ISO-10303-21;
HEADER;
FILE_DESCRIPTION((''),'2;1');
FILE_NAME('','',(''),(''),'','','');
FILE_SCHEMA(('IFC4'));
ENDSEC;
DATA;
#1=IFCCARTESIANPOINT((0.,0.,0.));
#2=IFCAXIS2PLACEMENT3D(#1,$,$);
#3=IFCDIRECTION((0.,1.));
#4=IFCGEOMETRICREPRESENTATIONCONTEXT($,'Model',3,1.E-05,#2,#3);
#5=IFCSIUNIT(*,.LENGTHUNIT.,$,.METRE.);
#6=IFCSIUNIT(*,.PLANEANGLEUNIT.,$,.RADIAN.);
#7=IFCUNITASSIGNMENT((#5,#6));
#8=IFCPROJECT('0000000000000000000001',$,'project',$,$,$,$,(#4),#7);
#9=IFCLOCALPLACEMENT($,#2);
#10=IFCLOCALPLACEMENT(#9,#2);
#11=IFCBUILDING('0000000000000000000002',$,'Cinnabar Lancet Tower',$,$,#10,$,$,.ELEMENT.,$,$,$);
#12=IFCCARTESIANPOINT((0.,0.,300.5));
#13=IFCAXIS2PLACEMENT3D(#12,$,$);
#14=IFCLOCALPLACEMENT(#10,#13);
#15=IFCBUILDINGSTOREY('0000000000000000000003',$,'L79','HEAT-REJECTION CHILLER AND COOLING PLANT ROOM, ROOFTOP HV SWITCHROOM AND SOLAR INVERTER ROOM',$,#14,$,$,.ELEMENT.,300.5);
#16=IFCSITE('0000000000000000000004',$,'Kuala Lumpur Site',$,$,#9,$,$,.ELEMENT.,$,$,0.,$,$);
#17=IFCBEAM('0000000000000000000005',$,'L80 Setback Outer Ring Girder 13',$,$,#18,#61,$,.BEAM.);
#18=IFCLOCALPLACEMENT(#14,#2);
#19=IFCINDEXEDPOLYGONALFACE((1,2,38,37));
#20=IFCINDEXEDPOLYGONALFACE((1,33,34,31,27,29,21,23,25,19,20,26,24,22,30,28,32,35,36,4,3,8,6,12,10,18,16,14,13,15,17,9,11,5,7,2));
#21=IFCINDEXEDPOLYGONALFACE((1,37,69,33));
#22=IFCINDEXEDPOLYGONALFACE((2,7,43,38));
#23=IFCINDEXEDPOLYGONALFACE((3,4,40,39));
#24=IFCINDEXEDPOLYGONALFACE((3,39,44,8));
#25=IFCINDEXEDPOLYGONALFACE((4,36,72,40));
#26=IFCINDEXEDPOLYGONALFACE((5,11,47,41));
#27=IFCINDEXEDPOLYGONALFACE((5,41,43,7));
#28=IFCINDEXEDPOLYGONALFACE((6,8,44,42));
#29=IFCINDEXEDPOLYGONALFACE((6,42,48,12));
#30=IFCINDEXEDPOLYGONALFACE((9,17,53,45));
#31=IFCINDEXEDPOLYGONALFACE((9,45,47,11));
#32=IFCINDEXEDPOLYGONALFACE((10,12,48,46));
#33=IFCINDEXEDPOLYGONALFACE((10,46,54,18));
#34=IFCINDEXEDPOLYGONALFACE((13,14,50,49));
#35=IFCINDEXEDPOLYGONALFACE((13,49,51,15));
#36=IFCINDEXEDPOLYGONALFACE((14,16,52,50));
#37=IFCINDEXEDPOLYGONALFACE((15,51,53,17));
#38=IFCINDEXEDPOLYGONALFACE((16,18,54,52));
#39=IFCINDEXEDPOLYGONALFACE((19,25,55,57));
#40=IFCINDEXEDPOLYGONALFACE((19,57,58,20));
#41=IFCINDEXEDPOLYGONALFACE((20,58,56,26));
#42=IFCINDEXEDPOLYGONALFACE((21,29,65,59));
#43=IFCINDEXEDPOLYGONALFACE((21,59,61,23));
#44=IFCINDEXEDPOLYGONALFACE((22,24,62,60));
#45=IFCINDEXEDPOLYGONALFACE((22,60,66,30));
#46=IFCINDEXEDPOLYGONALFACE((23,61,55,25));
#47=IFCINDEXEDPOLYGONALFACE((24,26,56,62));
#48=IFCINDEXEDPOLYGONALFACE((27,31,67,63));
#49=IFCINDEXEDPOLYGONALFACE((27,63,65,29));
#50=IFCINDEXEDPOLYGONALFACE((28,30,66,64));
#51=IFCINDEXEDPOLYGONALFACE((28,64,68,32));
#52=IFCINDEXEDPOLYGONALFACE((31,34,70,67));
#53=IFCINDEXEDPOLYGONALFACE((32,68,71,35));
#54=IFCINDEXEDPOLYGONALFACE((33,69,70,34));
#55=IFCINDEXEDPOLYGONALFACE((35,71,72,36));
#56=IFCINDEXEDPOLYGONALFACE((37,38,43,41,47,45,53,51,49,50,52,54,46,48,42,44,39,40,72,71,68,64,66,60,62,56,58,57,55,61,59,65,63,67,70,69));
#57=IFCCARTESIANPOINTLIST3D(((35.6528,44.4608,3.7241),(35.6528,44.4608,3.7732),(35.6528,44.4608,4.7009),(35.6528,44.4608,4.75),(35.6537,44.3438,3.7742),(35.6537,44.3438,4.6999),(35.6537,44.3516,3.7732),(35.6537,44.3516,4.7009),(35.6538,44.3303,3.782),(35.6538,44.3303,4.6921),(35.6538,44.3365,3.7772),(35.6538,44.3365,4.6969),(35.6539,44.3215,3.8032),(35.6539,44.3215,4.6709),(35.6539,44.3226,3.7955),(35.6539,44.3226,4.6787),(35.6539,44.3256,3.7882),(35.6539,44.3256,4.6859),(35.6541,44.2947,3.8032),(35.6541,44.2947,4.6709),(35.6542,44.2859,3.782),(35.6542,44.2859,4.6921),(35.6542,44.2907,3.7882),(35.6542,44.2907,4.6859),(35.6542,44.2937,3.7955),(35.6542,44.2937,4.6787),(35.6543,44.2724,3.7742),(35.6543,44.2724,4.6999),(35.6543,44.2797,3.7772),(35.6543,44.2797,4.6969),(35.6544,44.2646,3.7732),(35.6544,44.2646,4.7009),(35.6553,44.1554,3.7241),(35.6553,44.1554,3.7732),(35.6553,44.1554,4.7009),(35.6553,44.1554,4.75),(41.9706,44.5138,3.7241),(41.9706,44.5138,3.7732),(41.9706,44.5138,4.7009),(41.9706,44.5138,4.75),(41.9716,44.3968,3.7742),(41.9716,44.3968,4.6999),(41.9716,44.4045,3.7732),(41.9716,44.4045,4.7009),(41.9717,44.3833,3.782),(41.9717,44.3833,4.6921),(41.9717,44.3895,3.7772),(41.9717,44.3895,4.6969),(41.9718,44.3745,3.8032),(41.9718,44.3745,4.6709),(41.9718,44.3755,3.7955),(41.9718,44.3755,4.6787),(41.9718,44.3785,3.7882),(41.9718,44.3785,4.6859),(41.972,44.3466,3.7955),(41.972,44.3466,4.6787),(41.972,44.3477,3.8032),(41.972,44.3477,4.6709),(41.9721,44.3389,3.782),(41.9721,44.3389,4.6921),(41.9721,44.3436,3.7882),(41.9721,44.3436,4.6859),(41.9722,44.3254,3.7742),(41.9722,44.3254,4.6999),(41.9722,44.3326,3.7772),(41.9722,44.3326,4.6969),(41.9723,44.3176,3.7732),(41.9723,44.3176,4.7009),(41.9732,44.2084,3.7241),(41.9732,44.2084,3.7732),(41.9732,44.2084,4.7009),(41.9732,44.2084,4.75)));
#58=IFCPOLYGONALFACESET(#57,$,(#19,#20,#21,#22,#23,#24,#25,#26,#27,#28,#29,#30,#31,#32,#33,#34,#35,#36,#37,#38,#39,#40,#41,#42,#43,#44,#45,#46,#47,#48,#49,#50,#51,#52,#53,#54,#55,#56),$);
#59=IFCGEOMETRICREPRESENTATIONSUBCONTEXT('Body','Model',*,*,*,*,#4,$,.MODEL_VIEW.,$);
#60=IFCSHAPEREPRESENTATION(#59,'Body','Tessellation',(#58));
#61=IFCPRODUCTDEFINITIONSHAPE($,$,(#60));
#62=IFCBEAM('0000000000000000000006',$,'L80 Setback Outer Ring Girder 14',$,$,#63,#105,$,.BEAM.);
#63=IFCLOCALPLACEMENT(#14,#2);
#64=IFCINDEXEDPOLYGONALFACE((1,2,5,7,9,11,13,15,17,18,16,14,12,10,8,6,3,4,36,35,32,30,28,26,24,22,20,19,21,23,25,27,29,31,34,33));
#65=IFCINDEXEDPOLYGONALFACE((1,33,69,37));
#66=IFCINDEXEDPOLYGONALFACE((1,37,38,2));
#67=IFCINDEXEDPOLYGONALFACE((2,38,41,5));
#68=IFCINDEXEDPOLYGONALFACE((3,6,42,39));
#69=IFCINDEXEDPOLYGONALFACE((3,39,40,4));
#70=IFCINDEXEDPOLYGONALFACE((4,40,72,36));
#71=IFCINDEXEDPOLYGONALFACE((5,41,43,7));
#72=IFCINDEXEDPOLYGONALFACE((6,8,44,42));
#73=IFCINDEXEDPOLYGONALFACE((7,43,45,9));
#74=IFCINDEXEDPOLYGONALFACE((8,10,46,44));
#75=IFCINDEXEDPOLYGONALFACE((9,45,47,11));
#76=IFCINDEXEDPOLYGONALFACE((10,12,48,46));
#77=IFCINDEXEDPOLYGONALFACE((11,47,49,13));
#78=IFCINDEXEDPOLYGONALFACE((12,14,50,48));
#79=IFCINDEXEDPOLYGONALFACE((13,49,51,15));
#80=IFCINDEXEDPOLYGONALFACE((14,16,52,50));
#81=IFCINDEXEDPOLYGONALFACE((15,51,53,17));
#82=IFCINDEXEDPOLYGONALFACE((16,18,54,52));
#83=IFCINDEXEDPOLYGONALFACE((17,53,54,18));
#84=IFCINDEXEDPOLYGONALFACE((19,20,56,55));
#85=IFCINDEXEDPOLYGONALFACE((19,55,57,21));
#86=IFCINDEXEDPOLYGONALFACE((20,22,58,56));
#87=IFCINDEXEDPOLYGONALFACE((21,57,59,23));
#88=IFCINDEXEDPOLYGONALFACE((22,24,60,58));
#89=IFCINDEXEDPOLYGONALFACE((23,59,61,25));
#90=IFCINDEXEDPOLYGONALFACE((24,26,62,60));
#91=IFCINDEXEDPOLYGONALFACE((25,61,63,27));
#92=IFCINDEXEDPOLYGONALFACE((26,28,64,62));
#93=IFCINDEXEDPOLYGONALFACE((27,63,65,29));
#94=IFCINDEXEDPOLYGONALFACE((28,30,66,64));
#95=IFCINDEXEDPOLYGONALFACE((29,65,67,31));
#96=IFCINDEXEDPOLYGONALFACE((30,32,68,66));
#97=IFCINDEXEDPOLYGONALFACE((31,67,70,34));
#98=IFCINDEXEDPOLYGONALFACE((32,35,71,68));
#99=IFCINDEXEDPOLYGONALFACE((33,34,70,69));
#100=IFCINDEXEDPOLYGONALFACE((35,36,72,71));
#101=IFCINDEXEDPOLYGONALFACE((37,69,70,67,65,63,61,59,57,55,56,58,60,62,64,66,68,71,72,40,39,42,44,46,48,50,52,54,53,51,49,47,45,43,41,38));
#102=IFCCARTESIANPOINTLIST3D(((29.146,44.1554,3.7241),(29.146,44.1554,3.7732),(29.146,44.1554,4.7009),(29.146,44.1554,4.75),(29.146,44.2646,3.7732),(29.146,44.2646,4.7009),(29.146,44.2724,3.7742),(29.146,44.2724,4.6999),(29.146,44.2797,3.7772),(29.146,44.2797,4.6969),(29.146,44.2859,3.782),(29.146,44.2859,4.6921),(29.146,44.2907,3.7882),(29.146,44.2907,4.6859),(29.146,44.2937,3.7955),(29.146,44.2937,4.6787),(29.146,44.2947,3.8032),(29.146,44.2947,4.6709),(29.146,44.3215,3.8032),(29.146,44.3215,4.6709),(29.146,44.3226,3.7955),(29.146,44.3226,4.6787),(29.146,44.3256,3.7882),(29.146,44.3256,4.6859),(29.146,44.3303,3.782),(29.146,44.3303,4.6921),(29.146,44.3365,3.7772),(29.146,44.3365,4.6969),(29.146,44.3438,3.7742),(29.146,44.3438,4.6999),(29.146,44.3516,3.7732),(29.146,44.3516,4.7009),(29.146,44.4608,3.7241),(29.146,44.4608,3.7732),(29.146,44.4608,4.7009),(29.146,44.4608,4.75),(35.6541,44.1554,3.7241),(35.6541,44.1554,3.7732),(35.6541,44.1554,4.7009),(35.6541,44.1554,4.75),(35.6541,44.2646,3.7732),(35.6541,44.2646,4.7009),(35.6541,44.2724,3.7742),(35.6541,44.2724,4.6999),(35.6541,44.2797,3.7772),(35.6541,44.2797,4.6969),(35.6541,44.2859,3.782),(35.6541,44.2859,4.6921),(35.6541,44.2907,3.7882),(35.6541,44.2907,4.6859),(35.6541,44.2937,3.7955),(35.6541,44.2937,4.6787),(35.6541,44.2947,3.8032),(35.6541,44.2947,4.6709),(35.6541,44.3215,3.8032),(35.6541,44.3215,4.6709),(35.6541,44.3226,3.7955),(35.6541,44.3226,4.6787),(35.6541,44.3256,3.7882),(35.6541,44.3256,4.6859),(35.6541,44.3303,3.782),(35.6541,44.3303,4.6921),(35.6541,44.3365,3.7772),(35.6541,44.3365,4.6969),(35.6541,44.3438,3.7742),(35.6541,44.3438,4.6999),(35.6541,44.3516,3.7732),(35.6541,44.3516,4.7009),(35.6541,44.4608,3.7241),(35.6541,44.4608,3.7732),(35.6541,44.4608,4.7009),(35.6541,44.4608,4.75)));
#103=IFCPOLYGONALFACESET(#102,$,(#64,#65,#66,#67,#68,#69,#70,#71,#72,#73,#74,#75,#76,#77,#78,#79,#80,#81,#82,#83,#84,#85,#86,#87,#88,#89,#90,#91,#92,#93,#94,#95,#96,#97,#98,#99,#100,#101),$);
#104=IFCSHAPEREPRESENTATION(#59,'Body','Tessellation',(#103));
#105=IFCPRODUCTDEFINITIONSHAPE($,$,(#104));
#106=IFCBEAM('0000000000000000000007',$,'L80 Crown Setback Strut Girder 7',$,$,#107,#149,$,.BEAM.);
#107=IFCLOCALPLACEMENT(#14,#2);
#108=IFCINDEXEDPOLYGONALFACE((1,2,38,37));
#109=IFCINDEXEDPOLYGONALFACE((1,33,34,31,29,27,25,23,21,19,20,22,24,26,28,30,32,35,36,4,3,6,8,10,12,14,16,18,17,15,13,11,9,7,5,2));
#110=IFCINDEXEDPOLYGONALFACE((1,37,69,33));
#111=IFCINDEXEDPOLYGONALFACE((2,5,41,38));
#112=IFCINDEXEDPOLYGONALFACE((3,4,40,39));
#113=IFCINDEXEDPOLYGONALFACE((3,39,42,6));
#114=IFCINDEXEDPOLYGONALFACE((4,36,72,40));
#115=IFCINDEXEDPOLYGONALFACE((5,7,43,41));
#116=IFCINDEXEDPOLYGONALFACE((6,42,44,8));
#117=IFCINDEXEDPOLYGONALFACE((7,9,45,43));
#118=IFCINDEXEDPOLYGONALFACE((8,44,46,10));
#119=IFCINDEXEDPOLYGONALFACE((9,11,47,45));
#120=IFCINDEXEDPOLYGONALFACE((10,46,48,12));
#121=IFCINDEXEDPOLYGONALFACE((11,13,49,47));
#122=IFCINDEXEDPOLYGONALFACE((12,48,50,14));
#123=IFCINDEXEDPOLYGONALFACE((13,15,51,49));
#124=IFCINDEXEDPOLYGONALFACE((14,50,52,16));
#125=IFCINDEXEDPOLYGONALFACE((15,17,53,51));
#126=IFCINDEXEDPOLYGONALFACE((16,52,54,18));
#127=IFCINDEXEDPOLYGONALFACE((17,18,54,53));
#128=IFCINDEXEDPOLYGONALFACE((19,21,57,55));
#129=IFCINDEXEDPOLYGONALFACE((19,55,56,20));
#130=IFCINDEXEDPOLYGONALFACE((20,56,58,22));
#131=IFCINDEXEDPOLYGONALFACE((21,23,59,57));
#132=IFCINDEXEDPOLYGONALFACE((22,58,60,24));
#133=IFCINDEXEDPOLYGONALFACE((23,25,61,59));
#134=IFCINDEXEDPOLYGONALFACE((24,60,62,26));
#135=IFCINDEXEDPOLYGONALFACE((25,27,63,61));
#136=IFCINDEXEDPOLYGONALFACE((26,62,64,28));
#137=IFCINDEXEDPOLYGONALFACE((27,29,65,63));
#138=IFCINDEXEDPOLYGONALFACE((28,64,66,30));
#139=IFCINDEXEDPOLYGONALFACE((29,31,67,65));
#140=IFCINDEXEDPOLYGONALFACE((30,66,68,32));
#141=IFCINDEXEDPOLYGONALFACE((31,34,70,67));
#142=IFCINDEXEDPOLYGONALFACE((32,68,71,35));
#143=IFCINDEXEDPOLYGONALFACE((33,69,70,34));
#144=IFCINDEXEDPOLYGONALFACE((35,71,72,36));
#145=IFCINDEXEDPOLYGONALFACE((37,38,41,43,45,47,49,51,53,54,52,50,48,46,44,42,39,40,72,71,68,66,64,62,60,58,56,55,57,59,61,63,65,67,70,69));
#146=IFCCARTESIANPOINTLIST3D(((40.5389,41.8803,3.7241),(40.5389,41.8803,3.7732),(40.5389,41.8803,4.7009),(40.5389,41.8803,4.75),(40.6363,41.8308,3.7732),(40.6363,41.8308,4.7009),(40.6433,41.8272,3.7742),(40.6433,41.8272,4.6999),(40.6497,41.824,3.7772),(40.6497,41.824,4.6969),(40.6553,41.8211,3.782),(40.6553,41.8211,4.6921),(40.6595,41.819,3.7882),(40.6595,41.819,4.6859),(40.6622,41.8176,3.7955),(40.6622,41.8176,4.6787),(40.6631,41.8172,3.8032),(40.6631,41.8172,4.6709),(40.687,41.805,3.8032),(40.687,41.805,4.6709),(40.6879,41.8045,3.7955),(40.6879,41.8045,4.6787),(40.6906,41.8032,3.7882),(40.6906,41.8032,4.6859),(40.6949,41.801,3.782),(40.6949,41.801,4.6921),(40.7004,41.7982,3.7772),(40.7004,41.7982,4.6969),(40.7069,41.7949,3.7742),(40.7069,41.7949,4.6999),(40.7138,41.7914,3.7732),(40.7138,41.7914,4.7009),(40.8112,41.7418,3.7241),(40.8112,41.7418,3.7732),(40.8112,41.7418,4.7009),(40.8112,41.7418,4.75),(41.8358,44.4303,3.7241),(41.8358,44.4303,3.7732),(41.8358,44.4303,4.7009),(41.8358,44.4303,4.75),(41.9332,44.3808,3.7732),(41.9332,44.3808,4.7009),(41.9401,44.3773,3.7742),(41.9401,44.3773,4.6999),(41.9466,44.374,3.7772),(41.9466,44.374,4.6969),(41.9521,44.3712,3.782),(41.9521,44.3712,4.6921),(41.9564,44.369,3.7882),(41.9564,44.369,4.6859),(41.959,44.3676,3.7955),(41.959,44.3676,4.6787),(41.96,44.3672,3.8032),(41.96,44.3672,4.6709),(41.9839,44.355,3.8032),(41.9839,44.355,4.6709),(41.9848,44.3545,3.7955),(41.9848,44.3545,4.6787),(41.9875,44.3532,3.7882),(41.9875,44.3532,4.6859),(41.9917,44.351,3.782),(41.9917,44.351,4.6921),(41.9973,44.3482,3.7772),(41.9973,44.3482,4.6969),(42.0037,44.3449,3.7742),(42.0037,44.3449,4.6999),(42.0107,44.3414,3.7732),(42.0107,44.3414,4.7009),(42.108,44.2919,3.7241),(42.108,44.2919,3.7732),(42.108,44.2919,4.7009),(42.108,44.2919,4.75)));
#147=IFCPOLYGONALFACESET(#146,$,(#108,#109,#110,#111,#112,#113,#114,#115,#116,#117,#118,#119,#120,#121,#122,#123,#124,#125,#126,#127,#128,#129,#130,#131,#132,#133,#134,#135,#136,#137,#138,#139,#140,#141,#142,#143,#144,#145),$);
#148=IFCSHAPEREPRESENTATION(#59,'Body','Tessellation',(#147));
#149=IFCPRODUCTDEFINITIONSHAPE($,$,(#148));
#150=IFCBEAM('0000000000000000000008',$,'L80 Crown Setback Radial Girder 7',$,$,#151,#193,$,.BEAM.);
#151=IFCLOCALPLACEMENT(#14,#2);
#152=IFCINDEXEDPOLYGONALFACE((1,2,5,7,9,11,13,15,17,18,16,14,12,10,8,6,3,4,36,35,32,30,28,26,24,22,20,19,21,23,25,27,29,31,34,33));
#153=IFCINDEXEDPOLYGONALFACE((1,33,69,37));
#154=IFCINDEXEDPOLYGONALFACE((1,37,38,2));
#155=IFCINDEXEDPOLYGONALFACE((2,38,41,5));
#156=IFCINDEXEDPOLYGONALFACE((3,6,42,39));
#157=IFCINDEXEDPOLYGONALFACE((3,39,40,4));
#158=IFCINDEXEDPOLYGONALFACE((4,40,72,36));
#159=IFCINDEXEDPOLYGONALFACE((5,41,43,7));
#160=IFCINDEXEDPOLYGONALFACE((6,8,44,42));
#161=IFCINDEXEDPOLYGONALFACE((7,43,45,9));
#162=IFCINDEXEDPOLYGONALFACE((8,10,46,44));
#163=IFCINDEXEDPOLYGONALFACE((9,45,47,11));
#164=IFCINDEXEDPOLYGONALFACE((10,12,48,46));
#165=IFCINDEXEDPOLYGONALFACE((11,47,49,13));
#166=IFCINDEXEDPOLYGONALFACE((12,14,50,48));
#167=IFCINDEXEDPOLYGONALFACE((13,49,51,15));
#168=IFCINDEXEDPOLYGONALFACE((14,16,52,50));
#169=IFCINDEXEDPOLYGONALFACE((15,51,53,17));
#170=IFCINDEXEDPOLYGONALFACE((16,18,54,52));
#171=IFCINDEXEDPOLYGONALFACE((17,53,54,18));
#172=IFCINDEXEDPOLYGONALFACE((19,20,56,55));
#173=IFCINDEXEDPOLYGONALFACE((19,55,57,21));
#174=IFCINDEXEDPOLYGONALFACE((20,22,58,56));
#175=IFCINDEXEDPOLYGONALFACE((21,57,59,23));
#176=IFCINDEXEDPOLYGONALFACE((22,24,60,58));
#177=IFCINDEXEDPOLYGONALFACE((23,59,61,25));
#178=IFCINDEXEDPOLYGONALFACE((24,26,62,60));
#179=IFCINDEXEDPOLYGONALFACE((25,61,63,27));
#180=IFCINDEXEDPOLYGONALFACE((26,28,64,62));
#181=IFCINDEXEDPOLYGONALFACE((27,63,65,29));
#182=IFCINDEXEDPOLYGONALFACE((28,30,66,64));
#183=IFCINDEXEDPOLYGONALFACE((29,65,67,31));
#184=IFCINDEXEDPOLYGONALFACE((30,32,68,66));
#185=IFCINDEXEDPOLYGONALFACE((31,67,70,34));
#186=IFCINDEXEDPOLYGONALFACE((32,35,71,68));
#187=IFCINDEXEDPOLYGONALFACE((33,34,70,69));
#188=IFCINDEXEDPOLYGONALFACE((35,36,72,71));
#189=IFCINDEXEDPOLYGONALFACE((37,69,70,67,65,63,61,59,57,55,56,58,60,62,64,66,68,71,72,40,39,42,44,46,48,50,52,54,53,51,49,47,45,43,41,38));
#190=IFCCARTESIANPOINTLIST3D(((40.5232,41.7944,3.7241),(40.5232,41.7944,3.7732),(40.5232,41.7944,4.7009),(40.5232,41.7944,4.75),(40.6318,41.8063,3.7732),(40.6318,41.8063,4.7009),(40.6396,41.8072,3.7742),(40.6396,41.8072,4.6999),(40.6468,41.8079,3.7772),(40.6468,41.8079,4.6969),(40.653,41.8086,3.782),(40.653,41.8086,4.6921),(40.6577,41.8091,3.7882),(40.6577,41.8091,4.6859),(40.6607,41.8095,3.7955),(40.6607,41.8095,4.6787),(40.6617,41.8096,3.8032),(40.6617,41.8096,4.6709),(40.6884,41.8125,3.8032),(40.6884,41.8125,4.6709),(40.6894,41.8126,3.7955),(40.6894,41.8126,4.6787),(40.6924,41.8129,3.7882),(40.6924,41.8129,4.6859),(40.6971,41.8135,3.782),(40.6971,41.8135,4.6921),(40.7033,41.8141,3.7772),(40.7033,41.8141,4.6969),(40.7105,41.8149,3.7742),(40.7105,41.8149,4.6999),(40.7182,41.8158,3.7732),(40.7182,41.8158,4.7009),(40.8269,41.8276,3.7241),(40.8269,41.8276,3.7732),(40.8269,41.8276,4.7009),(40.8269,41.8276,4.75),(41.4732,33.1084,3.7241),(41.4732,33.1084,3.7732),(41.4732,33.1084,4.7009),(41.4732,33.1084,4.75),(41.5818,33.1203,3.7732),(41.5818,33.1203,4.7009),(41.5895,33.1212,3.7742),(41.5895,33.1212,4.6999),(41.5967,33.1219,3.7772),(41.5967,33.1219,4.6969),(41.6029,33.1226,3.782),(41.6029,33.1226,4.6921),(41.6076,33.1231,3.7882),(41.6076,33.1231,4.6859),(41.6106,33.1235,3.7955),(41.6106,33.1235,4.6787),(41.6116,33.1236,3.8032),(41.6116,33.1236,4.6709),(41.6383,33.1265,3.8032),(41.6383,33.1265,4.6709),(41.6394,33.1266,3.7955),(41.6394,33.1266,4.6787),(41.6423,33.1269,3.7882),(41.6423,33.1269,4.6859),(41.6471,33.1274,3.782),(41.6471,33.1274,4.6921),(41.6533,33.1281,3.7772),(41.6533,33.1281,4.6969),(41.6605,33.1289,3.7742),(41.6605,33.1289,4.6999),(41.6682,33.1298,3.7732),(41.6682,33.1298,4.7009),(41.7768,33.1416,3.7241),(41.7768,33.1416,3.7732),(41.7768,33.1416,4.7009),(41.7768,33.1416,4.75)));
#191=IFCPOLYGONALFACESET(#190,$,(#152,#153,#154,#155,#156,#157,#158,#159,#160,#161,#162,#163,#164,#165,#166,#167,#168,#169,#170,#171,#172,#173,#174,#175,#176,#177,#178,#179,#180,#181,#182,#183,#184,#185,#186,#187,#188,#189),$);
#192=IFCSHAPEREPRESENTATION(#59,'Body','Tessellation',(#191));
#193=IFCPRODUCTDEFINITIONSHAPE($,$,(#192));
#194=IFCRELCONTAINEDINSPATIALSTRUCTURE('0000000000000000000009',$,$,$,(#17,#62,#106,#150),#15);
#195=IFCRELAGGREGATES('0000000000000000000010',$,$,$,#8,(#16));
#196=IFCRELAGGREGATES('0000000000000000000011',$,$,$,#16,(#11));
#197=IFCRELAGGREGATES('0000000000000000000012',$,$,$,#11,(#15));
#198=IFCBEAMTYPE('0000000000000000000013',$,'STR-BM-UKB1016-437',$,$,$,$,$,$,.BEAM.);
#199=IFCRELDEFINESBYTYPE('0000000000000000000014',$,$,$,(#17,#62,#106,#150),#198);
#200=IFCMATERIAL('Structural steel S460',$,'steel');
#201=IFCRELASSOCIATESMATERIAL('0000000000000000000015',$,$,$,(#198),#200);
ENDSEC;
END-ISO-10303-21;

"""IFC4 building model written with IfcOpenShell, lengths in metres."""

from ifc_helpers import new_model, si_unit, direction, frame, origin, origin_2d, place, context, subcontext, project, spatial, i_section, extrude, material, material_profile, profile_set, type_object, element, save


model = new_model("IFC4")

# Units and contexts
model_context = context("Model", 3, precision=1e-05, world=origin(), true_north=direction((0.0, 1.0)))
body_context = subcontext(model_context, "Body", "Model", "MODEL_VIEW")
ifc_project = project(units=[si_unit("LENGTHUNIT", "METRE"), si_unit("PLANEANGLEUNIT", "RADIAN")], contexts=[model_context])

# Site, building, storey
site_placement = place(None, origin())
site = spatial("IfcSite", under=ifc_project, at=site_placement, Name="Kuala Lumpur Site", CompositionType="ELEMENT", RefElevation=0.0)
building_placement = place(site_placement, origin())
building = spatial("IfcBuilding", under=site, at=building_placement, Name="Cinnabar Lancet Tower", CompositionType="ELEMENT")
storey_placement = place(building_placement, frame((0.0, 0.0, 300.5)))
storey = spatial("IfcBuildingStorey", under=building, at=storey_placement, Name="L79", Description="HEAT-REJECTION CHILLER AND COOLING PLANT ROOM, ROOFTOP HV SWITCHROOM AND SOLAR INVERTER ROOM", CompositionType="ELEMENT", Elevation=300.5)

# Beams
ifc_material_1 = material(Name="Structural steel S460", Category="steel")
ifc_material_profile_1 = material_profile(ifc_material_1, i_section(OverallWidth=0.3054, OverallDepth=1.0259, WebThickness=0.0269, FlangeThickness=0.0491, FilletRadius=0.03, at=origin_2d()), Name="UKB 1016x305x437")
ifc_profile_set_1 = profile_set([ifc_material_profile_1], Name="Structural steel S460")
beam_type_1 = type_object("IfcBeamType", Name="STR-BM-UKB1016-437", PredefinedType="BEAM", material=ifc_profile_set_1)
beam_1_placement = place(storey_placement, frame((41.9719, 44.3611, 4.2371), z_axis=(-0.999965, -0.008385, 0.0), x_axis=(0.008385, -0.999965, 0.0)))
element("IfcBeam", 1, at=beam_1_placement, inside=storey, type_object=beam_type_1, Name="L80 Setback Outer Ring Girder 13", PredefinedType="BEAM", context=body_context, shape_type="SweptSolid", body=[
    extrude(i_section(OverallWidth=0.3054, OverallDepth=1.0259, WebThickness=0.0269, FlangeThickness=0.0491, FilletRadius=0.03, at=origin_2d()), origin(), (0.0, 0.0, 1.0), 6.3181),
])
beam_2_placement = place(storey_placement, frame((35.6541, 44.3081, 4.2371), z_axis=(-1.0, 0.0, 0.0), x_axis=(0.0, -1.0, 0.0)))
element("IfcBeam", 2, at=beam_2_placement, inside=storey, type_object=beam_type_1, Name="L80 Setback Outer Ring Girder 14", PredefinedType="BEAM", context=body_context, shape_type="SweptSolid", body=[
    extrude(i_section(OverallWidth=0.3054, OverallDepth=1.0259, WebThickness=0.0269, FlangeThickness=0.0491, FilletRadius=0.03, at=origin_2d()), origin(), (0.0, 0.0, 1.0), 6.5081),
])
beam_3_placement = place(storey_placement, frame((41.9719, 44.3611, 4.2371), z_axis=(-0.453313, -0.891351, 0.0), x_axis=(0.891351, -0.453313, 0.0)))
element("IfcBeam", 3, at=beam_3_placement, inside=storey, type_object=beam_type_1, Name="L80 Crown Setback Strut Girder 7", PredefinedType="BEAM", context=body_context, shape_type="SweptSolid", body=[
    extrude(i_section(OverallWidth=0.3054, OverallDepth=1.0259, WebThickness=0.0269, FlangeThickness=0.0491, FilletRadius=0.03, at=origin_2d()), origin(), (0.0, 0.0, 1.0), 2.8608),
])
beam_4_placement = place(storey_placement, frame((40.675, 41.811, 4.2371), z_axis=(0.108717, -0.994073, 0.0), x_axis=(0.994073, 0.108717, 0.0)))
element("IfcBeam", 4, at=beam_4_placement, inside=storey, type_object=beam_type_1, Name="L80 Crown Setback Radial Girder 7", PredefinedType="BEAM", context=body_context, shape_type="SweptSolid", body=[
    extrude(i_section(OverallWidth=0.3054, OverallDepth=1.0259, WebThickness=0.0269, FlangeThickness=0.0491, FilletRadius=0.03, at=origin_2d()), origin(), (0.0, 0.0, 1.0), 8.7378),
])

save(model, "model.ifc")
